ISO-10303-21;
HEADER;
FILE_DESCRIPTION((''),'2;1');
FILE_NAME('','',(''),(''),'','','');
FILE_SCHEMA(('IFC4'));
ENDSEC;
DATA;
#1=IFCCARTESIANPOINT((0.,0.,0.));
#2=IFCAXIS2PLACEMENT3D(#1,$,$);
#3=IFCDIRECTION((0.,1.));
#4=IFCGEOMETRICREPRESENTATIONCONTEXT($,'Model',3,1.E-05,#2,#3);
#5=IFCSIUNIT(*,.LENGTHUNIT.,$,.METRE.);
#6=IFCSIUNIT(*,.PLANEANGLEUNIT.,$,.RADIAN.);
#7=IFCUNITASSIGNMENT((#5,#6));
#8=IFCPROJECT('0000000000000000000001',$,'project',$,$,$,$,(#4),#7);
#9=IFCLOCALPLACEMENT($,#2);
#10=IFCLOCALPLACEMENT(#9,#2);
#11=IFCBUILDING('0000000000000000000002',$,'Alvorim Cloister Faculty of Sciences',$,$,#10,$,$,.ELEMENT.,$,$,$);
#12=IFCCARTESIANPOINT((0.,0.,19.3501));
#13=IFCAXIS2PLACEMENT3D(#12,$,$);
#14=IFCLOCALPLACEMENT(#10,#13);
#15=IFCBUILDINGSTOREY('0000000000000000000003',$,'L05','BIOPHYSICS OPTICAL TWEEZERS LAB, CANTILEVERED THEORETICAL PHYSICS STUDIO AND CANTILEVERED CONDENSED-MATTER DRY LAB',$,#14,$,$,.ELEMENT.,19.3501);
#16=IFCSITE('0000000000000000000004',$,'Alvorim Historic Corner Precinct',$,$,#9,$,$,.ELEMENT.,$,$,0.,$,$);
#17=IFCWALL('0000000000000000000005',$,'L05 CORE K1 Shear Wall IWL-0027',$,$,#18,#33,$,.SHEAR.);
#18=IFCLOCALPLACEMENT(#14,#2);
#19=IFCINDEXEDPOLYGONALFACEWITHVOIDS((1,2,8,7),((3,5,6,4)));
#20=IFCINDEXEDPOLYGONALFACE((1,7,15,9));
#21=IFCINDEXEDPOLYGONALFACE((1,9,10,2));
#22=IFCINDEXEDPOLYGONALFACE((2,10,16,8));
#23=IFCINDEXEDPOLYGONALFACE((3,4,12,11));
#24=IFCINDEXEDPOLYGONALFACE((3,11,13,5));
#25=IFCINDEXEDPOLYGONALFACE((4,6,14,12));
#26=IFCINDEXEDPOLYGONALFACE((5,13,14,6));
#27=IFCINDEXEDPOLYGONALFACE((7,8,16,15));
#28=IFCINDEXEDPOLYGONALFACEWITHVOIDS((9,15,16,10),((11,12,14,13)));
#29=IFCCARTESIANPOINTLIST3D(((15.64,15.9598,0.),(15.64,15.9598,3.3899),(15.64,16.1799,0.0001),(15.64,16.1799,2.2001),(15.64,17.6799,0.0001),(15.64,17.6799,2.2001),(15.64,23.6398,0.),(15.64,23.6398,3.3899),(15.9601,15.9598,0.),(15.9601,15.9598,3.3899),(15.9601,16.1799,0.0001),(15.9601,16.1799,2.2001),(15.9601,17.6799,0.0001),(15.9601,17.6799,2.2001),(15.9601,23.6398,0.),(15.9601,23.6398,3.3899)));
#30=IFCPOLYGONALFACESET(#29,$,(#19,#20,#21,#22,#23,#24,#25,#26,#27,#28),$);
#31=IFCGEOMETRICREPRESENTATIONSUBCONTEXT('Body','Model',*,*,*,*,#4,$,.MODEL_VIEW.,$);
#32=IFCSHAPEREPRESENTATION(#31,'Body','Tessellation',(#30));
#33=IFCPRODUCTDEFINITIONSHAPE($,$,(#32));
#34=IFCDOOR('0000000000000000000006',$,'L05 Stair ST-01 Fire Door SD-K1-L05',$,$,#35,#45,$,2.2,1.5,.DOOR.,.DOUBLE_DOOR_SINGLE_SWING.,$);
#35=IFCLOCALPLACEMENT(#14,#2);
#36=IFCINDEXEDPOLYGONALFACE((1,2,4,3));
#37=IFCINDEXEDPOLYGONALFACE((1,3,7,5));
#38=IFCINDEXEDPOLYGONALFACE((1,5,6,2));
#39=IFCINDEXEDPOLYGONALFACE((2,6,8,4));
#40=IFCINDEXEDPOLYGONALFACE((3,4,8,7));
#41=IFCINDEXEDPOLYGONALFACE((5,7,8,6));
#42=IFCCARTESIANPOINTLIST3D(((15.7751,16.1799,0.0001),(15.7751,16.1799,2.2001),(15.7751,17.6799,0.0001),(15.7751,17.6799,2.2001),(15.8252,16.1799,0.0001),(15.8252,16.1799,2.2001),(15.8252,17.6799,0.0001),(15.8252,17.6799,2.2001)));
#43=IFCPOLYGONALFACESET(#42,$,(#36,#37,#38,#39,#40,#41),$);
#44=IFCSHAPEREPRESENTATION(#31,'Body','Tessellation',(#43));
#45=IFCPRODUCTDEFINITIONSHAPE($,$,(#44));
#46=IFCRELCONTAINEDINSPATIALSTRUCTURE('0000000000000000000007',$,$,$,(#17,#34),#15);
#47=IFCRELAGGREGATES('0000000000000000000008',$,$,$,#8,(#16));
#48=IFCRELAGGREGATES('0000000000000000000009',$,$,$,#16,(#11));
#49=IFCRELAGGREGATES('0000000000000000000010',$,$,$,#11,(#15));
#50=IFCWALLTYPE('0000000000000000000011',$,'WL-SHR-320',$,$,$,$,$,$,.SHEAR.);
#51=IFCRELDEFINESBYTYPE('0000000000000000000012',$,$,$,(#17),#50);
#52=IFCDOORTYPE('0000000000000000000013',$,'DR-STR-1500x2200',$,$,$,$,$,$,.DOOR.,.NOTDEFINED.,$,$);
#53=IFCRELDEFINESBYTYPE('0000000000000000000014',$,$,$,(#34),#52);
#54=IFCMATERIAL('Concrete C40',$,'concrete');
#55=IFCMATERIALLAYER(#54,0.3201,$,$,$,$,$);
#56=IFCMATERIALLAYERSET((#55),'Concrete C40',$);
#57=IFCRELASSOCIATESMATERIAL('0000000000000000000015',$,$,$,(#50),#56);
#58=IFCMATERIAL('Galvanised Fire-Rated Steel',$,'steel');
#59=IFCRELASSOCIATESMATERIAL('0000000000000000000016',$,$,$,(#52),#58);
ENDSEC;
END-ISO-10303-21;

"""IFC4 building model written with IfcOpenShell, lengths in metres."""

from ifc_helpers import new_model, si_unit, direction, frame, frame_2d, origin, place, context, subcontext, project, spatial, rectangle, extrude, material, layer, layer_set, type_object, element, fill, save


model = new_model("IFC4")

# Units and contexts
model_context = context("Model", 3, precision=1e-05, world=origin(), true_north=direction((0.0, 1.0)))
body_context = subcontext(model_context, "Body", "Model", "MODEL_VIEW")
ifc_project = project(units=[si_unit("LENGTHUNIT", "METRE"), si_unit("PLANEANGLEUNIT", "RADIAN")], contexts=[model_context])

# Site, building, storey
site_placement = place(None, origin())
site = spatial("IfcSite", under=ifc_project, at=site_placement, Name="Alvorim Historic Corner Precinct", CompositionType="ELEMENT", RefElevation=0.0)
building_placement = place(site_placement, origin())
building = spatial("IfcBuilding", under=site, at=building_placement, Name="Alvorim Cloister Faculty of Sciences", CompositionType="ELEMENT")
storey_placement = place(building_placement, frame((0.0, 0.0, 19.3501)))
storey = spatial("IfcBuildingStorey", under=building, at=storey_placement, Name="L05", Description="BIOPHYSICS OPTICAL TWEEZERS LAB, CANTILEVERED THEORETICAL PHYSICS STUDIO AND CANTILEVERED CONDENSED-MATTER DRY LAB", CompositionType="ELEMENT", Elevation=19.3501)

# Shared definitions
ifc_material_1 = material(Name="Concrete C40", Category="concrete")
ifc_layer_1 = layer(ifc_material_1, 0.3201)
ifc_layer_set_1 = layer_set([ifc_layer_1], Name="Concrete C40")
wall_type_1 = type_object("IfcWallType", Name="WL-SHR-320", PredefinedType="SHEAR", material=ifc_layer_set_1)

# Wall, opening, door
wall_1_placement = place(storey_placement, frame((15.8, 15.96, 0.0), z_axis=(0.0, 0.0, 1.0), x_axis=(0.0, 1.0, 0.0)))
wall_1 = element("IfcWall", 1, at=wall_1_placement, inside=storey, type_object=wall_type_1, Name="L05 CORE K1 Shear Wall IWL-0027", PredefinedType="SHEAR", context=body_context, shape_type="SweptSolid", body=[
    extrude(rectangle(XDim=7.6799, YDim=0.3201, at=frame_2d((3.8398, 0.0))), origin(), (0.0, 0.0, 1.0), 3.3899),
])
opening_1_placement = place(wall_1_placement, frame((0.22, 0.0, 0.0)))
opening_1 = element("IfcOpeningElement", 2, at=opening_1_placement, cuts=wall_1, PredefinedType="OPENING", context=body_context, shape_type="SweptSolid", body=[
    extrude(rectangle(XDim=1.5, YDim=2.2, at=frame_2d((0.75, 1.1001))), frame((0.0, 0.1719, 0.0), z_axis=(0.0, -1.0, 0.0), x_axis=(1.0, 0.0, 0.0)), (0.0, 0.0, 1.0), 0.344),
])
ifc_material_2 = material(Name="Galvanised Fire-Rated Steel", Category="steel")
door_type = type_object("IfcDoorType", Name="DR-STR-1500x2200", OperationType="NOTDEFINED", PredefinedType="DOOR", material=ifc_material_2)
door_placement = place(opening_1_placement, origin())
door = element("IfcDoor", 3, at=door_placement, inside=storey, type_object=door_type, Name="L05 Stair ST-01 Fire Door SD-K1-L05", OperationType="DOUBLE_DOOR_SINGLE_SWING", OverallHeight=2.2, OverallWidth=1.5, PredefinedType="DOOR", context=body_context, shape_type="SweptSolid", body=[
    extrude(rectangle(XDim=1.5, YDim=2.2, at=frame_2d((0.75, 1.1001))), frame((0.0, 0.0249, 0.0), z_axis=(0.0, -1.0, 0.0), x_axis=(1.0, 0.0, 0.0)), (0.0, 0.0, 1.0), 0.05),
])
fill(opening_1, door)

save(model, "model.ifc")
